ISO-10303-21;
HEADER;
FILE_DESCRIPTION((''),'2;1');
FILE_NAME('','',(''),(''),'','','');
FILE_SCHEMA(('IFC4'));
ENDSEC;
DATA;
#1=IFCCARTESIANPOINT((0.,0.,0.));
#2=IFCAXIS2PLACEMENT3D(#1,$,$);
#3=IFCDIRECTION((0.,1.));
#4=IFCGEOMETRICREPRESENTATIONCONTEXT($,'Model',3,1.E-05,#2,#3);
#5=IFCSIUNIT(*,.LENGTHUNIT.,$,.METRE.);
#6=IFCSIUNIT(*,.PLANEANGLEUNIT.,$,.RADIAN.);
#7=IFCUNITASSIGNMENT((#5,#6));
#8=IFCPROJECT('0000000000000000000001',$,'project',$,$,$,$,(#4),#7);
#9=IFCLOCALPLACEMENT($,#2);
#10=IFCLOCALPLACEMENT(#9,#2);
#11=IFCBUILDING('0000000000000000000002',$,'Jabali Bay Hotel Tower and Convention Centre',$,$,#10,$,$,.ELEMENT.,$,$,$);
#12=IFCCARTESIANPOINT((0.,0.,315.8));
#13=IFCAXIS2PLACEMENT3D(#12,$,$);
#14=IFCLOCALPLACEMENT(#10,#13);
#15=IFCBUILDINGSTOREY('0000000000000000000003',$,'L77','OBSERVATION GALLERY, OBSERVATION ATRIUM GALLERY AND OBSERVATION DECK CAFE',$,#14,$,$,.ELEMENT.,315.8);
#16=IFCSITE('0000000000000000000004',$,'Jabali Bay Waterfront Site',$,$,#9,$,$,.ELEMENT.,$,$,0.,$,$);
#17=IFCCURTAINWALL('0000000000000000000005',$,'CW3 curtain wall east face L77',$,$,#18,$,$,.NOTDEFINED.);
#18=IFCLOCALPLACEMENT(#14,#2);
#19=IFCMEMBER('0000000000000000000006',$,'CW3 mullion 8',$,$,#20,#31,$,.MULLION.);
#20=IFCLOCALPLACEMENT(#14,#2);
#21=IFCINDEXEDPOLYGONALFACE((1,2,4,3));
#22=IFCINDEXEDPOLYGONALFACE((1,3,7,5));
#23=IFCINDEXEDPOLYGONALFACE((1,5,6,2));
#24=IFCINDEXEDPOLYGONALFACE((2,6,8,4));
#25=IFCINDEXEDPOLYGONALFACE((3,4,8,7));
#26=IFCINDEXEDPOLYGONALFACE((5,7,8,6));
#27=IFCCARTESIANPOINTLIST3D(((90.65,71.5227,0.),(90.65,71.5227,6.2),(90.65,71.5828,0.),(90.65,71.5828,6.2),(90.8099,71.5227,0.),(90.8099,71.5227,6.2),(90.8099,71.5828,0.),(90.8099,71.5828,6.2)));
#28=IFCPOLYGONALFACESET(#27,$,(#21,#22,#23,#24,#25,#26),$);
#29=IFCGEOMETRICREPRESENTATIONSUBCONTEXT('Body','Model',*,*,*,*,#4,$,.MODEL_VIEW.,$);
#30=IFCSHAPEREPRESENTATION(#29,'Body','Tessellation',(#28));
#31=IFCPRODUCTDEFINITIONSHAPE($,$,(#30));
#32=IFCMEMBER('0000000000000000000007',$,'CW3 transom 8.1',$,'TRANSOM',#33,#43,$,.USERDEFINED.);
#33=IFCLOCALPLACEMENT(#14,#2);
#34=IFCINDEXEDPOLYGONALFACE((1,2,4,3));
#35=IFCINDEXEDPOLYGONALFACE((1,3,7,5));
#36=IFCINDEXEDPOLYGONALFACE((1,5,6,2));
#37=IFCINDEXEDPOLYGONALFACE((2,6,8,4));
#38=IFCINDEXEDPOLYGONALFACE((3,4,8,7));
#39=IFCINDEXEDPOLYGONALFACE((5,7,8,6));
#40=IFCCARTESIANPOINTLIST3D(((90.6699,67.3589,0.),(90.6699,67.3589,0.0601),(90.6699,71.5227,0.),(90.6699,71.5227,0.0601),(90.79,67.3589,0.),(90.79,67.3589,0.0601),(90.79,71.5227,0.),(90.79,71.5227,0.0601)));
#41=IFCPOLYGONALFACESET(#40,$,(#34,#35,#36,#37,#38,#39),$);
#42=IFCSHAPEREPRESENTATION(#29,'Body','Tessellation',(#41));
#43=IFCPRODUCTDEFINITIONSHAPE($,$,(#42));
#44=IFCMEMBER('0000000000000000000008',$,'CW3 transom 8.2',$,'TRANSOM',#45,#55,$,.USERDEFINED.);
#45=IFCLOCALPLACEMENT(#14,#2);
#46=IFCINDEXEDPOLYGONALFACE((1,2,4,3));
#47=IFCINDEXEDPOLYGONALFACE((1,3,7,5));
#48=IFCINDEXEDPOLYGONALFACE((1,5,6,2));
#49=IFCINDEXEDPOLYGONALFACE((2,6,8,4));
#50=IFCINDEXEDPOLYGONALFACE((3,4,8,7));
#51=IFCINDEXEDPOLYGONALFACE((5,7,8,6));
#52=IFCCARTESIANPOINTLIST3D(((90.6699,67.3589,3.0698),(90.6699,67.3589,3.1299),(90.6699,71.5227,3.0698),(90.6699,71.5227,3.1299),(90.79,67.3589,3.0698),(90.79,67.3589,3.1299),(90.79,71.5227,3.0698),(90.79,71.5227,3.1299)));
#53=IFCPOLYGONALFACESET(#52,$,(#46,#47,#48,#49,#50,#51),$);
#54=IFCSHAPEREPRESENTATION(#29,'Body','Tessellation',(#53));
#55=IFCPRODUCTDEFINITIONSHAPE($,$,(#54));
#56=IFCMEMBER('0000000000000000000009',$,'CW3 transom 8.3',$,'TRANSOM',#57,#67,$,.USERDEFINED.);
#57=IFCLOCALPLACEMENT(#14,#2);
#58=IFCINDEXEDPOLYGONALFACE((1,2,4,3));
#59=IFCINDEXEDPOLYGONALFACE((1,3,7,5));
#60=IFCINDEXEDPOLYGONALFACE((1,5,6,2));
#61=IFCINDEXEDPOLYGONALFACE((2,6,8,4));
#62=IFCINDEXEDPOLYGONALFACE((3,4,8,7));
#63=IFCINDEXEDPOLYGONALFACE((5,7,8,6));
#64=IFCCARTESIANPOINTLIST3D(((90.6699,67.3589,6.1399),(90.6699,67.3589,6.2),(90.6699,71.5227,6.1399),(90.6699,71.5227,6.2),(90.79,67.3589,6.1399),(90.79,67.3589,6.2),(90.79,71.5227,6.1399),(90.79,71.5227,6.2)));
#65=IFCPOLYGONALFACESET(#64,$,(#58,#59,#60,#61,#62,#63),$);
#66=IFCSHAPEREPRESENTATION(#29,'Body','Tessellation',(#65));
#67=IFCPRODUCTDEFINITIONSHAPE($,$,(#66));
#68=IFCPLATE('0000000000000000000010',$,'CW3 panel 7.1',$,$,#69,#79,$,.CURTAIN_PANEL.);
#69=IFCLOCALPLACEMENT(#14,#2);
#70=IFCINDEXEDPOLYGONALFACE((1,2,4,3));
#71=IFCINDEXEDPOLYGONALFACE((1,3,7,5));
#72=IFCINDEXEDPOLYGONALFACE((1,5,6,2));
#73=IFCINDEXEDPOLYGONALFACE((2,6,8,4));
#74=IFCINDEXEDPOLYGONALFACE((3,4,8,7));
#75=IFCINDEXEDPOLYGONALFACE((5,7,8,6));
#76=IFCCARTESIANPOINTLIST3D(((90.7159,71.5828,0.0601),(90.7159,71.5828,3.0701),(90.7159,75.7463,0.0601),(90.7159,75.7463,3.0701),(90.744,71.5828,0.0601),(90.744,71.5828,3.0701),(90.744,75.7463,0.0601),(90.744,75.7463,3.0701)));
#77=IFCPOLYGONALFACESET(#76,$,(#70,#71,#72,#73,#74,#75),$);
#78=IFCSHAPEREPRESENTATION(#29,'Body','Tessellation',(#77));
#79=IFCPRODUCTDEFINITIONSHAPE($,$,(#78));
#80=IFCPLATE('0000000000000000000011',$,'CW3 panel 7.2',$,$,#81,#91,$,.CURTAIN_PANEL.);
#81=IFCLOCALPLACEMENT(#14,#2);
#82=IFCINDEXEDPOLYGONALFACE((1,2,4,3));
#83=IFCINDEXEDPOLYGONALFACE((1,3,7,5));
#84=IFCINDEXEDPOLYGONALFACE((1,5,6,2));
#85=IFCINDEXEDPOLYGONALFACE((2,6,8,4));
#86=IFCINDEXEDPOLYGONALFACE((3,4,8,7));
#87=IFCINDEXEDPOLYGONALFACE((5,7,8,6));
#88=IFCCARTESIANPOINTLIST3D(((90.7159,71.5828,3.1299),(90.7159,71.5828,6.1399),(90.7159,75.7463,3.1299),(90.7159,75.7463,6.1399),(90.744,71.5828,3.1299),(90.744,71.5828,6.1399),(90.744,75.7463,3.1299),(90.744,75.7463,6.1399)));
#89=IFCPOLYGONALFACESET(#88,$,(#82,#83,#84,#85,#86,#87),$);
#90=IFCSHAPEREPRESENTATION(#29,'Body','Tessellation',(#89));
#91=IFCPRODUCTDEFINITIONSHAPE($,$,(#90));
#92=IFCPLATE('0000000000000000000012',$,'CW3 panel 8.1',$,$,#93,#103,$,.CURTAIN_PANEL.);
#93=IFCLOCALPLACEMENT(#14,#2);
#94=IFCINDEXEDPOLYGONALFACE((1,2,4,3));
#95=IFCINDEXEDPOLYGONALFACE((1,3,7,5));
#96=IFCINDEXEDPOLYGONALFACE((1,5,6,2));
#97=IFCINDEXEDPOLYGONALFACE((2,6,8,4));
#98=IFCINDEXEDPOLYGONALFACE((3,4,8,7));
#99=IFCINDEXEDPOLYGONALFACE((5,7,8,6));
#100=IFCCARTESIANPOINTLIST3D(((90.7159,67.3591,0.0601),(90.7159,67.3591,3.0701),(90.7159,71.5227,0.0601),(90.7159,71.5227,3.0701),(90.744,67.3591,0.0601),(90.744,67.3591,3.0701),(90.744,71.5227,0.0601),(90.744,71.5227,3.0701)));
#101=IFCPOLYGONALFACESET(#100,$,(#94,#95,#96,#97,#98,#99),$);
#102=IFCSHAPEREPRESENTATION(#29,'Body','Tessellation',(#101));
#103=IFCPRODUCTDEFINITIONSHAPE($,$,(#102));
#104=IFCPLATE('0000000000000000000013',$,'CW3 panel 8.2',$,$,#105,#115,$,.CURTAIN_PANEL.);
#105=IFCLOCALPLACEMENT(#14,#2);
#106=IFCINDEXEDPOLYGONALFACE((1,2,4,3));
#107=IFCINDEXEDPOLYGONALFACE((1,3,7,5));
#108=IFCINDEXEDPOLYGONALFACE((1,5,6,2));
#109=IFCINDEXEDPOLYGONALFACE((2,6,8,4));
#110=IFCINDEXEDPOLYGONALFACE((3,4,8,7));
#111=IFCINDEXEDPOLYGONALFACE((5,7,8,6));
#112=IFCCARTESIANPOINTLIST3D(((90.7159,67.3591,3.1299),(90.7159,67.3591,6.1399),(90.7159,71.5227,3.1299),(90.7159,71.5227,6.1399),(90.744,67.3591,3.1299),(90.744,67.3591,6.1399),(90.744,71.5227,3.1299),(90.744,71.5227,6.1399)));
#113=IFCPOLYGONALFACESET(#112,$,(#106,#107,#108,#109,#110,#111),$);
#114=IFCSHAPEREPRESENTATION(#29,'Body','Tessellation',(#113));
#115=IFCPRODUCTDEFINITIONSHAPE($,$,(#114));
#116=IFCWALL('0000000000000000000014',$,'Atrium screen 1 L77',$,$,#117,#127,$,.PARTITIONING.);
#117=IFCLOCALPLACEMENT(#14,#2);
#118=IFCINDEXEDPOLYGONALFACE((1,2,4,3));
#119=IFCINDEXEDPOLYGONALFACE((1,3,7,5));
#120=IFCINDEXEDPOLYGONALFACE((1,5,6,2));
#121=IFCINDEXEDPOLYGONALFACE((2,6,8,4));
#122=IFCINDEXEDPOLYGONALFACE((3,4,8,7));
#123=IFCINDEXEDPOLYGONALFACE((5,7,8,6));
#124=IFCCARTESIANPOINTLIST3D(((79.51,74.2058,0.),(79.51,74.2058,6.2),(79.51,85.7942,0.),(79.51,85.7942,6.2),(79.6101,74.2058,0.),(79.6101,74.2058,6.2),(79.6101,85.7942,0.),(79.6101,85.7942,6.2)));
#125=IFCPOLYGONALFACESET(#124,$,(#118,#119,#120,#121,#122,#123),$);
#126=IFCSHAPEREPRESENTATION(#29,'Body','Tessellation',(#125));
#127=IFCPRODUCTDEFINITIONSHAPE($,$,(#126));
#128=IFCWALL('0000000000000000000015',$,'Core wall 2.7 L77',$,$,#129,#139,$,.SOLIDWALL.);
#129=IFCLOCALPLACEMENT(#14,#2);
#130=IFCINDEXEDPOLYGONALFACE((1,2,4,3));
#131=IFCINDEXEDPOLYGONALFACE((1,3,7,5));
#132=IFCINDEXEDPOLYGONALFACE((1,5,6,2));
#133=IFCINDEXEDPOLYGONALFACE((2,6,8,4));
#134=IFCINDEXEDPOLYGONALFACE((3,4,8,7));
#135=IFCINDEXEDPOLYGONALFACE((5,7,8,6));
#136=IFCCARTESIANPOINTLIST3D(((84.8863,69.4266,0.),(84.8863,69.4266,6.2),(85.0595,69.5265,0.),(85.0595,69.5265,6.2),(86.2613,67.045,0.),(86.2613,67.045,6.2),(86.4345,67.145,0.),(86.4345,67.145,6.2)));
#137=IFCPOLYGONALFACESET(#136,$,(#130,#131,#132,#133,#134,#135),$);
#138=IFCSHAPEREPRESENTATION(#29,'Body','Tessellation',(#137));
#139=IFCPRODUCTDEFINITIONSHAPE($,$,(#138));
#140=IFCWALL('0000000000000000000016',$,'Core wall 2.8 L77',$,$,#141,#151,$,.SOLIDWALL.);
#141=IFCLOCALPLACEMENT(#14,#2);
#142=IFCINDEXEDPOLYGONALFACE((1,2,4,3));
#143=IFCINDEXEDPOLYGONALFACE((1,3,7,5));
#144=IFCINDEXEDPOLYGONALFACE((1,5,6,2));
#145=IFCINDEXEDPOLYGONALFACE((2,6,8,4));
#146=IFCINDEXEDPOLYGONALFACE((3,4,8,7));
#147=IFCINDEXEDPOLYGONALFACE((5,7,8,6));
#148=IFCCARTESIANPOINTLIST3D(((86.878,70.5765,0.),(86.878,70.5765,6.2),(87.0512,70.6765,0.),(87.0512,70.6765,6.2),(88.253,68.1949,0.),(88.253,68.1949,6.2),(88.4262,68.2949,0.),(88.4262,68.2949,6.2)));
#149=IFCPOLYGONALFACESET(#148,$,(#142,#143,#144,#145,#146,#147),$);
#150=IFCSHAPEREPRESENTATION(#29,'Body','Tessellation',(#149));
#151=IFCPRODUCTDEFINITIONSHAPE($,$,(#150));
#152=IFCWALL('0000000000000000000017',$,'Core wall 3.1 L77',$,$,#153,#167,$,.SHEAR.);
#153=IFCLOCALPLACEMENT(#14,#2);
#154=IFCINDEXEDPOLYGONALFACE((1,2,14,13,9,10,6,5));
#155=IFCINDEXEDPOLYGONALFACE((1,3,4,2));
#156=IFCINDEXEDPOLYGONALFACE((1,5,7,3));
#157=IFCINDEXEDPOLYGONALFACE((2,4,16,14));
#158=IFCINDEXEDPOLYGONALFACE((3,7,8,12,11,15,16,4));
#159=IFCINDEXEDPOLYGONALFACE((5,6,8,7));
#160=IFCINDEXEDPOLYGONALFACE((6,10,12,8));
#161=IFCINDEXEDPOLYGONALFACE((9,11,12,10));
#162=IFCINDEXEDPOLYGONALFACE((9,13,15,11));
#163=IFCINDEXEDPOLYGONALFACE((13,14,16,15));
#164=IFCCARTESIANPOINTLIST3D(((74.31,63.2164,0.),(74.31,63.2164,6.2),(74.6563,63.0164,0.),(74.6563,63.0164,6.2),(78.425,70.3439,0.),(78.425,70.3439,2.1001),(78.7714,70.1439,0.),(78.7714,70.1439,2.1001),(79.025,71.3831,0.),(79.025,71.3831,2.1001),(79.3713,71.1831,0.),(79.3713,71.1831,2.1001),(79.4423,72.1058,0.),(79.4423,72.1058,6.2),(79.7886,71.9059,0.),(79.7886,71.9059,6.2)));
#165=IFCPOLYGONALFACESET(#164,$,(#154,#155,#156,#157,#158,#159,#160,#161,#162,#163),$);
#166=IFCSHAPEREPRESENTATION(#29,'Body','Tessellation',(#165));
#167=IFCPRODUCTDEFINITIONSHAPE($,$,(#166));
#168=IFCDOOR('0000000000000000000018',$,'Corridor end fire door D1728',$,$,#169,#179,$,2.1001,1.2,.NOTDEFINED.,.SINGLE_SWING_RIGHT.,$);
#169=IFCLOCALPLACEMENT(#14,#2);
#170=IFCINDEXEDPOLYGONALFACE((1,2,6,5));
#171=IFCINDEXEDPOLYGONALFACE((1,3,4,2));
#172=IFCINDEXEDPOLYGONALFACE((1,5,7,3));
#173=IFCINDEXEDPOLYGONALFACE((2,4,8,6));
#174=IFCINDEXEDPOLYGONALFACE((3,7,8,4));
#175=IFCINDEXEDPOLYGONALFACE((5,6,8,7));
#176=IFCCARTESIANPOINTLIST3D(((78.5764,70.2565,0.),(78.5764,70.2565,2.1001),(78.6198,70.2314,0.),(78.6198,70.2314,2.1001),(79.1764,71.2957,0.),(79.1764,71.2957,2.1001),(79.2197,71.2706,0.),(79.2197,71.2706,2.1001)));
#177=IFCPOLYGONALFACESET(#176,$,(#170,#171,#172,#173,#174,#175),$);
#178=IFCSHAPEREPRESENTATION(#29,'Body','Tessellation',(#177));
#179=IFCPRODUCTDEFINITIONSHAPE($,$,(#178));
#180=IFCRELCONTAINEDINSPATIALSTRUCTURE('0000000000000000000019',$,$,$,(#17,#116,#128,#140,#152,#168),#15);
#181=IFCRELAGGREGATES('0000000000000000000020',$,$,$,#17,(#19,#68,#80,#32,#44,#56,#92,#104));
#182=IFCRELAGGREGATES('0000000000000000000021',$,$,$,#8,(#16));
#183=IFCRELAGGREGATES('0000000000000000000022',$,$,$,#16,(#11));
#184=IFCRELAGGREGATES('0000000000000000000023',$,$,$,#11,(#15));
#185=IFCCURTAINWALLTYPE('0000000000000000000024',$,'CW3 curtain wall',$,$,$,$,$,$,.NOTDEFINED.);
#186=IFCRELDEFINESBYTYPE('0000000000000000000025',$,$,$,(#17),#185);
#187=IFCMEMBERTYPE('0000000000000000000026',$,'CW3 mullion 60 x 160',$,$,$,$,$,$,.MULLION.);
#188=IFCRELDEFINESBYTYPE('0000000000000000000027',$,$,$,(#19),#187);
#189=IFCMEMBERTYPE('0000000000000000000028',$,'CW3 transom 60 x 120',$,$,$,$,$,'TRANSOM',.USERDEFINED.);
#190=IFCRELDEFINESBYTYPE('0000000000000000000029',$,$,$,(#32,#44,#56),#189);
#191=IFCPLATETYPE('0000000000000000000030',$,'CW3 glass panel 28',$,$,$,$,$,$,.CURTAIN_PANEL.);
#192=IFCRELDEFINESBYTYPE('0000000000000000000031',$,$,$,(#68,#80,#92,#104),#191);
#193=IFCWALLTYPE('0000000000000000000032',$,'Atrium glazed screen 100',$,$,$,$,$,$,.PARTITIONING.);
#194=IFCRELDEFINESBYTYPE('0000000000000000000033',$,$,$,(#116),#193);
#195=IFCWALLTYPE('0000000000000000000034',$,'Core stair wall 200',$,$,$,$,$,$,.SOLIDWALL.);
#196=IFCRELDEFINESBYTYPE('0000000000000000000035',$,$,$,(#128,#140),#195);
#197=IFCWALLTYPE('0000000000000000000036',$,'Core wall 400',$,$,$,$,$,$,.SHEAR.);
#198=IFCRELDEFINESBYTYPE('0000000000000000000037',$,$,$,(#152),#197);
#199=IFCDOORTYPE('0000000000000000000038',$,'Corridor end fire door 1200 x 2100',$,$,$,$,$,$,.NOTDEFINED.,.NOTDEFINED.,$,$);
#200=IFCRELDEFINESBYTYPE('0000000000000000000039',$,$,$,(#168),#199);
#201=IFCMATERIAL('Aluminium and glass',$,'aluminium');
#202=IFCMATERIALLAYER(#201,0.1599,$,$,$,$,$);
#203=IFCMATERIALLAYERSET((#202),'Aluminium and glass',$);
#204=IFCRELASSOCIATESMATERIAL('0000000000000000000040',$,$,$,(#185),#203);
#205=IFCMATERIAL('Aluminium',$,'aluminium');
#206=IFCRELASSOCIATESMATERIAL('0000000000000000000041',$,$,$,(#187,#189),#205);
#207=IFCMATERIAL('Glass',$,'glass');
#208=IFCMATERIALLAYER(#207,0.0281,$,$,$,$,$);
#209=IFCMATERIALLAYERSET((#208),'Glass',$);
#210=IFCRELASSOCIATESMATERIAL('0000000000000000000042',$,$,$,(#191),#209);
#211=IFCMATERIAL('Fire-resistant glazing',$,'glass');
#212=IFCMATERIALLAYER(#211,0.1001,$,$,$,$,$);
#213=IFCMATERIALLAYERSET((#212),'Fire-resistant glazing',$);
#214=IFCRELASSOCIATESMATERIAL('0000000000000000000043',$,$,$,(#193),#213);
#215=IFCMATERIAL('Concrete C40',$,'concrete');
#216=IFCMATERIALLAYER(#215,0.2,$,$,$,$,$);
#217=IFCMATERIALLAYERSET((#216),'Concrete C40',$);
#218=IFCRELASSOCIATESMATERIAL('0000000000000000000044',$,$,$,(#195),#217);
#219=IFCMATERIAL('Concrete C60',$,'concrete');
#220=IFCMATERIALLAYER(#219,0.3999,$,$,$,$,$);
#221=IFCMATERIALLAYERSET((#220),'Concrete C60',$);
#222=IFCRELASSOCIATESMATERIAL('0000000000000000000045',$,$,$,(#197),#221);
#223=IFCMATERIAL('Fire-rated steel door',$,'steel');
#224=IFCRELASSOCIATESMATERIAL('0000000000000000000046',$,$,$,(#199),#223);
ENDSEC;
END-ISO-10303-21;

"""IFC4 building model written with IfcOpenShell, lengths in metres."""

from ifc_helpers import new_model, si_unit, direction, frame, frame_2d, origin, origin_2d, place, context, subcontext, project, spatial, rectangle, extrude, material, layer, layer_set, material_profile, profile_set, type_object, element, fill, aggregate, save


model = new_model("IFC4")

# Units and contexts
model_context = context("Model", 3, precision=1e-05, world=origin(), true_north=direction((0.0, 1.0)))
body_context = subcontext(model_context, "Body", "Model", "MODEL_VIEW")
ifc_project = project(units=[si_unit("LENGTHUNIT", "METRE"), si_unit("PLANEANGLEUNIT", "RADIAN")], contexts=[model_context])

# Site, building, storey
site_placement = place(None, origin())
site = spatial("IfcSite", under=ifc_project, at=site_placement, Name="Jabali Bay Waterfront Site", CompositionType="ELEMENT", RefElevation=0.0)
building_placement = place(site_placement, origin())
building = spatial("IfcBuilding", under=site, at=building_placement, Name="Jabali Bay Hotel Tower and Convention Centre", CompositionType="ELEMENT")
storey_placement = place(building_placement, frame((0.0, 0.0, 315.8)))
storey = spatial("IfcBuildingStorey", under=building, at=storey_placement, Name="L77", Description="OBSERVATION GALLERY, OBSERVATION ATRIUM GALLERY AND OBSERVATION DECK CAFE", CompositionType="ELEMENT", Elevation=315.8)

# Curtain wall, members, plates
ifc_material_1 = material(Name="Aluminium and glass", Category="aluminium")
ifc_layer_1 = layer(ifc_material_1, 0.1599)
ifc_layer_set_1 = layer_set([ifc_layer_1], Name="Aluminium and glass")
curtain_wall_type = type_object("IfcCurtainWallType", Name="CW3 curtain wall", PredefinedType="NOTDEFINED", material=ifc_layer_set_1)
curtain_wall_placement = place(storey_placement, origin())
curtain_wall = element("IfcCurtainWall", 1, at=curtain_wall_placement, inside=storey, type_object=curtain_wall_type, Name="CW3 curtain wall east face L77", PredefinedType="NOTDEFINED")
ifc_material_2 = material(Name="Aluminium", Category="aluminium")
ifc_material_profile_1 = material_profile(ifc_material_2, rectangle(XDim=0.1599, YDim=0.0601, at=origin_2d()), Name="CW3 mullion 60 x 160")
ifc_profile_set_1 = profile_set([ifc_material_profile_1], Name="Aluminium")
member_type_1 = type_object("IfcMemberType", Name="CW3 mullion 60 x 160", PredefinedType="MULLION", material=ifc_profile_set_1)
member_1_placement = place(storey_placement, frame((90.73, 71.5527, 0.0), z_axis=(0.0, 0.0, 1.0), x_axis=(1.0, 0.0, 0.0)))
member_1 = element("IfcMember", 2, at=member_1_placement, type_object=member_type_1, Name="CW3 mullion 8", PredefinedType="MULLION", context=body_context, shape_type="SweptSolid", body=[
    extrude(rectangle(XDim=0.1599, YDim=0.0601, at=origin_2d()), origin(), (0.0, 0.0, 1.0), 6.2),
])
ifc_material_profile_2 = material_profile(ifc_material_2, rectangle(XDim=0.1201, YDim=0.0601, at=origin_2d()), Name="CW3 transom 60 x 120")
ifc_profile_set_2 = profile_set([ifc_material_profile_2], Name="Aluminium")
member_type_2 = type_object("IfcMemberType", Name="CW3 transom 60 x 120", ElementType="TRANSOM", PredefinedType="USERDEFINED", material=ifc_profile_set_2)
member_2_placement = place(storey_placement, frame((90.73, 71.5227, 0.03), z_axis=(0.0, -1.0, 0.0), x_axis=(1.0, 0.0, 0.0)))
member_2 = element("IfcMember", 3, at=member_2_placement, type_object=member_type_2, Name="CW3 transom 8.1", ObjectType="TRANSOM", PredefinedType="USERDEFINED", context=body_context, shape_type="SweptSolid", body=[
    extrude(rectangle(XDim=0.1201, YDim=0.0601, at=origin_2d()), origin(), (0.0, 0.0, 1.0), 4.1638),
])
member_3_placement = place(storey_placement, frame((90.73, 71.5227, 3.0999), z_axis=(0.0, -1.0, 0.0), x_axis=(1.0, 0.0, 0.0)))
member_3 = element("IfcMember", 4, at=member_3_placement, type_object=member_type_2, Name="CW3 transom 8.2", ObjectType="TRANSOM", PredefinedType="USERDEFINED", context=body_context, shape_type="SweptSolid", body=[
    extrude(rectangle(XDim=0.1201, YDim=0.0601, at=origin_2d()), origin(), (0.0, 0.0, 1.0), 4.1638),
])
member_4_placement = place(storey_placement, frame((90.73, 71.5227, 6.1699), z_axis=(0.0, -1.0, 0.0), x_axis=(1.0, 0.0, 0.0)))
member_4 = element("IfcMember", 5, at=member_4_placement, type_object=member_type_2, Name="CW3 transom 8.3", ObjectType="TRANSOM", PredefinedType="USERDEFINED", context=body_context, shape_type="SweptSolid", body=[
    extrude(rectangle(XDim=0.1201, YDim=0.0601, at=origin_2d()), origin(), (0.0, 0.0, 1.0), 4.1638),
])
ifc_material_3 = material(Name="Glass", Category="glass")
ifc_layer_2 = layer(ifc_material_3, 0.0281)
ifc_layer_set_2 = layer_set([ifc_layer_2], Name="Glass")
plate_type = type_object("IfcPlateType", Name="CW3 glass panel 28", PredefinedType="CURTAIN_PANEL", material=ifc_layer_set_2)
plate_1_placement = place(storey_placement, frame((90.73, 73.6646, 0.0601), z_axis=(0.0, 0.0, 1.0), x_axis=(0.0, -1.0, 0.0)))
plate_1 = element("IfcPlate", 6, at=plate_1_placement, type_object=plate_type, Name="CW3 panel 7.1", PredefinedType="CURTAIN_PANEL", context=body_context, shape_type="SweptSolid", body=[
    extrude(rectangle(XDim=4.1636, YDim=0.0281, at=origin_2d()), origin(), (0.0, 0.0, 1.0), 3.01),
])
plate_2_placement = place(storey_placement, frame((90.73, 73.6646, 3.1299), z_axis=(0.0, 0.0, 1.0), x_axis=(0.0, -1.0, 0.0)))
plate_2 = element("IfcPlate", 7, at=plate_2_placement, type_object=plate_type, Name="CW3 panel 7.2", PredefinedType="CURTAIN_PANEL", context=body_context, shape_type="SweptSolid", body=[
    extrude(rectangle(XDim=4.1636, YDim=0.0281, at=origin_2d()), origin(), (0.0, 0.0, 1.0), 3.01),
])
plate_3_placement = place(storey_placement, frame((90.73, 69.4409, 0.0601), z_axis=(0.0, 0.0, 1.0), x_axis=(0.0, -1.0, 0.0)))
plate_3 = element("IfcPlate", 8, at=plate_3_placement, type_object=plate_type, Name="CW3 panel 8.1", PredefinedType="CURTAIN_PANEL", context=body_context, shape_type="SweptSolid", body=[
    extrude(rectangle(XDim=4.1636, YDim=0.0281, at=origin_2d()), origin(), (0.0, 0.0, 1.0), 3.01),
])
plate_4_placement = place(storey_placement, frame((90.73, 69.4409, 3.1299), z_axis=(0.0, 0.0, 1.0), x_axis=(0.0, -1.0, 0.0)))
plate_4 = element("IfcPlate", 9, at=plate_4_placement, type_object=plate_type, Name="CW3 panel 8.2", PredefinedType="CURTAIN_PANEL", context=body_context, shape_type="SweptSolid", body=[
    extrude(rectangle(XDim=4.1636, YDim=0.0281, at=origin_2d()), origin(), (0.0, 0.0, 1.0), 3.01),
])
aggregate(curtain_wall, [member_1, plate_1, plate_2, member_2, member_3, member_4, plate_3, plate_4])

# Walls
ifc_material_4 = material(Name="Fire-resistant glazing", Category="glass")
ifc_layer_3 = layer(ifc_material_4, 0.1001)
ifc_layer_set_3 = layer_set([ifc_layer_3], Name="Fire-resistant glazing")
wall_type_1 = type_object("IfcWallType", Name="Atrium glazed screen 100", PredefinedType="PARTITIONING", material=ifc_layer_set_3)
wall_1_placement = place(storey_placement, frame((79.5601, 74.2058, 0.0), z_axis=(0.0, 0.0, 1.0), x_axis=(0.0, 1.0, 0.0)))
element("IfcWall", 10, at=wall_1_placement, inside=storey, type_object=wall_type_1, Name="Atrium screen 1 L77", PredefinedType="PARTITIONING", context=body_context, shape_type="SweptSolid", body=[
    extrude(rectangle(XDim=11.5884, YDim=0.1001, at=frame_2d((5.7942, 0.0))), origin(), (0.0, 0.0, 1.0), 6.2),
])
ifc_material_5 = material(Name="Concrete C40", Category="concrete")
ifc_layer_4 = layer(ifc_material_5, 0.2)
ifc_layer_set_4 = layer_set([ifc_layer_4], Name="Concrete C40")
wall_type_2 = type_object("IfcWallType", Name="Core stair wall 200", PredefinedType="SOLIDWALL", material=ifc_layer_set_4)
for number, where, z_axis, x_axis, name in (
    (11, (84.9729, 69.4766, 0.0), (0.0, 0.0, 1.0), (0.499997, -0.866027, 0.0), "Core wall 2.7 L77"),
    (12, (86.9646, 70.6265, 0.0), (0.0, 0.0, 1.0), (0.499997, -0.866027, 0.0), "Core wall 2.8 L77"),
):
    element("IfcWall", number, at=place(storey_placement, frame(where, z_axis=z_axis, x_axis=x_axis)), inside=storey, type_object=wall_type_2, Name=name, PredefinedType="SOLIDWALL", context=body_context, shape_type="SweptSolid", body=[
        extrude(rectangle(XDim=2.75, YDim=0.2, at=frame_2d((1.375, 0.0))), origin(), (0.0, 0.0, 1.0), 6.2),
    ])

# Wall, opening, door
ifc_material_6 = material(Name="Concrete C60", Category="concrete")
ifc_layer_5 = layer(ifc_material_6, 0.3999)
ifc_layer_set_5 = layer_set([ifc_layer_5], Name="Concrete C60")
wall_type_3 = type_object("IfcWallType", Name="Core wall 400", PredefinedType="SHEAR", material=ifc_layer_set_5)
wall_2_placement = place(storey_placement, frame((79.6155, 72.0059, 0.0), z_axis=(0.0, 0.0, 1.0), x_axis=(-0.500002, -0.866024, 0.0)))
wall_2 = element("IfcWall", 13, at=wall_2_placement, inside=storey, type_object=wall_type_3, Name="Core wall 3.1 L77", PredefinedType="SHEAR", context=body_context, shape_type="SweptSolid", body=[
    extrude(rectangle(XDim=10.2646, YDim=0.3999, at=frame_2d((5.1323, 0.0))), origin(), (0.0, 0.0, 1.0), 6.2),
])
opening_1_placement = place(wall_2_placement, frame((0.8345, 0.0, 0.0)))
opening_1 = element("IfcOpeningElement", 14, at=opening_1_placement, cuts=wall_2, PredefinedType="OPENING", context=body_context, shape_type="SweptSolid", body=[
    extrude(rectangle(XDim=1.2, YDim=2.1001, at=frame_2d((0.6001, 1.05))), frame((0.0, 0.2104, 0.0), z_axis=(0.0, -1.0, 0.0), x_axis=(1.0, 0.0, 0.0)), (0.0, 0.0, 1.0), 0.4209),
])
ifc_material_7 = material(Name="Fire-rated steel door", Category="steel")
door_type_1 = type_object("IfcDoorType", Name="Corridor end fire door 1200 x 2100", OperationType="NOTDEFINED", PredefinedType="NOTDEFINED", material=ifc_material_7)
door_1_placement = place(opening_1_placement, origin())
door_1 = element("IfcDoor", 15, at=door_1_placement, inside=storey, type_object=door_type_1, Name="Corridor end fire door D1728", OperationType="SINGLE_SWING_RIGHT", OverallHeight=2.1001, OverallWidth=1.2, PredefinedType="NOTDEFINED", context=body_context, shape_type="SweptSolid", body=[
    extrude(rectangle(XDim=1.2, YDim=2.1001, at=frame_2d((0.6001, 1.05))), frame((0.0, 0.0249, 0.0), z_axis=(0.0, -1.0, 0.0), x_axis=(1.0, 0.0, 0.0)), (0.0, 0.0, 1.0), 0.05),
])
fill(opening_1, door_1)

save(model, "model.ifc")
